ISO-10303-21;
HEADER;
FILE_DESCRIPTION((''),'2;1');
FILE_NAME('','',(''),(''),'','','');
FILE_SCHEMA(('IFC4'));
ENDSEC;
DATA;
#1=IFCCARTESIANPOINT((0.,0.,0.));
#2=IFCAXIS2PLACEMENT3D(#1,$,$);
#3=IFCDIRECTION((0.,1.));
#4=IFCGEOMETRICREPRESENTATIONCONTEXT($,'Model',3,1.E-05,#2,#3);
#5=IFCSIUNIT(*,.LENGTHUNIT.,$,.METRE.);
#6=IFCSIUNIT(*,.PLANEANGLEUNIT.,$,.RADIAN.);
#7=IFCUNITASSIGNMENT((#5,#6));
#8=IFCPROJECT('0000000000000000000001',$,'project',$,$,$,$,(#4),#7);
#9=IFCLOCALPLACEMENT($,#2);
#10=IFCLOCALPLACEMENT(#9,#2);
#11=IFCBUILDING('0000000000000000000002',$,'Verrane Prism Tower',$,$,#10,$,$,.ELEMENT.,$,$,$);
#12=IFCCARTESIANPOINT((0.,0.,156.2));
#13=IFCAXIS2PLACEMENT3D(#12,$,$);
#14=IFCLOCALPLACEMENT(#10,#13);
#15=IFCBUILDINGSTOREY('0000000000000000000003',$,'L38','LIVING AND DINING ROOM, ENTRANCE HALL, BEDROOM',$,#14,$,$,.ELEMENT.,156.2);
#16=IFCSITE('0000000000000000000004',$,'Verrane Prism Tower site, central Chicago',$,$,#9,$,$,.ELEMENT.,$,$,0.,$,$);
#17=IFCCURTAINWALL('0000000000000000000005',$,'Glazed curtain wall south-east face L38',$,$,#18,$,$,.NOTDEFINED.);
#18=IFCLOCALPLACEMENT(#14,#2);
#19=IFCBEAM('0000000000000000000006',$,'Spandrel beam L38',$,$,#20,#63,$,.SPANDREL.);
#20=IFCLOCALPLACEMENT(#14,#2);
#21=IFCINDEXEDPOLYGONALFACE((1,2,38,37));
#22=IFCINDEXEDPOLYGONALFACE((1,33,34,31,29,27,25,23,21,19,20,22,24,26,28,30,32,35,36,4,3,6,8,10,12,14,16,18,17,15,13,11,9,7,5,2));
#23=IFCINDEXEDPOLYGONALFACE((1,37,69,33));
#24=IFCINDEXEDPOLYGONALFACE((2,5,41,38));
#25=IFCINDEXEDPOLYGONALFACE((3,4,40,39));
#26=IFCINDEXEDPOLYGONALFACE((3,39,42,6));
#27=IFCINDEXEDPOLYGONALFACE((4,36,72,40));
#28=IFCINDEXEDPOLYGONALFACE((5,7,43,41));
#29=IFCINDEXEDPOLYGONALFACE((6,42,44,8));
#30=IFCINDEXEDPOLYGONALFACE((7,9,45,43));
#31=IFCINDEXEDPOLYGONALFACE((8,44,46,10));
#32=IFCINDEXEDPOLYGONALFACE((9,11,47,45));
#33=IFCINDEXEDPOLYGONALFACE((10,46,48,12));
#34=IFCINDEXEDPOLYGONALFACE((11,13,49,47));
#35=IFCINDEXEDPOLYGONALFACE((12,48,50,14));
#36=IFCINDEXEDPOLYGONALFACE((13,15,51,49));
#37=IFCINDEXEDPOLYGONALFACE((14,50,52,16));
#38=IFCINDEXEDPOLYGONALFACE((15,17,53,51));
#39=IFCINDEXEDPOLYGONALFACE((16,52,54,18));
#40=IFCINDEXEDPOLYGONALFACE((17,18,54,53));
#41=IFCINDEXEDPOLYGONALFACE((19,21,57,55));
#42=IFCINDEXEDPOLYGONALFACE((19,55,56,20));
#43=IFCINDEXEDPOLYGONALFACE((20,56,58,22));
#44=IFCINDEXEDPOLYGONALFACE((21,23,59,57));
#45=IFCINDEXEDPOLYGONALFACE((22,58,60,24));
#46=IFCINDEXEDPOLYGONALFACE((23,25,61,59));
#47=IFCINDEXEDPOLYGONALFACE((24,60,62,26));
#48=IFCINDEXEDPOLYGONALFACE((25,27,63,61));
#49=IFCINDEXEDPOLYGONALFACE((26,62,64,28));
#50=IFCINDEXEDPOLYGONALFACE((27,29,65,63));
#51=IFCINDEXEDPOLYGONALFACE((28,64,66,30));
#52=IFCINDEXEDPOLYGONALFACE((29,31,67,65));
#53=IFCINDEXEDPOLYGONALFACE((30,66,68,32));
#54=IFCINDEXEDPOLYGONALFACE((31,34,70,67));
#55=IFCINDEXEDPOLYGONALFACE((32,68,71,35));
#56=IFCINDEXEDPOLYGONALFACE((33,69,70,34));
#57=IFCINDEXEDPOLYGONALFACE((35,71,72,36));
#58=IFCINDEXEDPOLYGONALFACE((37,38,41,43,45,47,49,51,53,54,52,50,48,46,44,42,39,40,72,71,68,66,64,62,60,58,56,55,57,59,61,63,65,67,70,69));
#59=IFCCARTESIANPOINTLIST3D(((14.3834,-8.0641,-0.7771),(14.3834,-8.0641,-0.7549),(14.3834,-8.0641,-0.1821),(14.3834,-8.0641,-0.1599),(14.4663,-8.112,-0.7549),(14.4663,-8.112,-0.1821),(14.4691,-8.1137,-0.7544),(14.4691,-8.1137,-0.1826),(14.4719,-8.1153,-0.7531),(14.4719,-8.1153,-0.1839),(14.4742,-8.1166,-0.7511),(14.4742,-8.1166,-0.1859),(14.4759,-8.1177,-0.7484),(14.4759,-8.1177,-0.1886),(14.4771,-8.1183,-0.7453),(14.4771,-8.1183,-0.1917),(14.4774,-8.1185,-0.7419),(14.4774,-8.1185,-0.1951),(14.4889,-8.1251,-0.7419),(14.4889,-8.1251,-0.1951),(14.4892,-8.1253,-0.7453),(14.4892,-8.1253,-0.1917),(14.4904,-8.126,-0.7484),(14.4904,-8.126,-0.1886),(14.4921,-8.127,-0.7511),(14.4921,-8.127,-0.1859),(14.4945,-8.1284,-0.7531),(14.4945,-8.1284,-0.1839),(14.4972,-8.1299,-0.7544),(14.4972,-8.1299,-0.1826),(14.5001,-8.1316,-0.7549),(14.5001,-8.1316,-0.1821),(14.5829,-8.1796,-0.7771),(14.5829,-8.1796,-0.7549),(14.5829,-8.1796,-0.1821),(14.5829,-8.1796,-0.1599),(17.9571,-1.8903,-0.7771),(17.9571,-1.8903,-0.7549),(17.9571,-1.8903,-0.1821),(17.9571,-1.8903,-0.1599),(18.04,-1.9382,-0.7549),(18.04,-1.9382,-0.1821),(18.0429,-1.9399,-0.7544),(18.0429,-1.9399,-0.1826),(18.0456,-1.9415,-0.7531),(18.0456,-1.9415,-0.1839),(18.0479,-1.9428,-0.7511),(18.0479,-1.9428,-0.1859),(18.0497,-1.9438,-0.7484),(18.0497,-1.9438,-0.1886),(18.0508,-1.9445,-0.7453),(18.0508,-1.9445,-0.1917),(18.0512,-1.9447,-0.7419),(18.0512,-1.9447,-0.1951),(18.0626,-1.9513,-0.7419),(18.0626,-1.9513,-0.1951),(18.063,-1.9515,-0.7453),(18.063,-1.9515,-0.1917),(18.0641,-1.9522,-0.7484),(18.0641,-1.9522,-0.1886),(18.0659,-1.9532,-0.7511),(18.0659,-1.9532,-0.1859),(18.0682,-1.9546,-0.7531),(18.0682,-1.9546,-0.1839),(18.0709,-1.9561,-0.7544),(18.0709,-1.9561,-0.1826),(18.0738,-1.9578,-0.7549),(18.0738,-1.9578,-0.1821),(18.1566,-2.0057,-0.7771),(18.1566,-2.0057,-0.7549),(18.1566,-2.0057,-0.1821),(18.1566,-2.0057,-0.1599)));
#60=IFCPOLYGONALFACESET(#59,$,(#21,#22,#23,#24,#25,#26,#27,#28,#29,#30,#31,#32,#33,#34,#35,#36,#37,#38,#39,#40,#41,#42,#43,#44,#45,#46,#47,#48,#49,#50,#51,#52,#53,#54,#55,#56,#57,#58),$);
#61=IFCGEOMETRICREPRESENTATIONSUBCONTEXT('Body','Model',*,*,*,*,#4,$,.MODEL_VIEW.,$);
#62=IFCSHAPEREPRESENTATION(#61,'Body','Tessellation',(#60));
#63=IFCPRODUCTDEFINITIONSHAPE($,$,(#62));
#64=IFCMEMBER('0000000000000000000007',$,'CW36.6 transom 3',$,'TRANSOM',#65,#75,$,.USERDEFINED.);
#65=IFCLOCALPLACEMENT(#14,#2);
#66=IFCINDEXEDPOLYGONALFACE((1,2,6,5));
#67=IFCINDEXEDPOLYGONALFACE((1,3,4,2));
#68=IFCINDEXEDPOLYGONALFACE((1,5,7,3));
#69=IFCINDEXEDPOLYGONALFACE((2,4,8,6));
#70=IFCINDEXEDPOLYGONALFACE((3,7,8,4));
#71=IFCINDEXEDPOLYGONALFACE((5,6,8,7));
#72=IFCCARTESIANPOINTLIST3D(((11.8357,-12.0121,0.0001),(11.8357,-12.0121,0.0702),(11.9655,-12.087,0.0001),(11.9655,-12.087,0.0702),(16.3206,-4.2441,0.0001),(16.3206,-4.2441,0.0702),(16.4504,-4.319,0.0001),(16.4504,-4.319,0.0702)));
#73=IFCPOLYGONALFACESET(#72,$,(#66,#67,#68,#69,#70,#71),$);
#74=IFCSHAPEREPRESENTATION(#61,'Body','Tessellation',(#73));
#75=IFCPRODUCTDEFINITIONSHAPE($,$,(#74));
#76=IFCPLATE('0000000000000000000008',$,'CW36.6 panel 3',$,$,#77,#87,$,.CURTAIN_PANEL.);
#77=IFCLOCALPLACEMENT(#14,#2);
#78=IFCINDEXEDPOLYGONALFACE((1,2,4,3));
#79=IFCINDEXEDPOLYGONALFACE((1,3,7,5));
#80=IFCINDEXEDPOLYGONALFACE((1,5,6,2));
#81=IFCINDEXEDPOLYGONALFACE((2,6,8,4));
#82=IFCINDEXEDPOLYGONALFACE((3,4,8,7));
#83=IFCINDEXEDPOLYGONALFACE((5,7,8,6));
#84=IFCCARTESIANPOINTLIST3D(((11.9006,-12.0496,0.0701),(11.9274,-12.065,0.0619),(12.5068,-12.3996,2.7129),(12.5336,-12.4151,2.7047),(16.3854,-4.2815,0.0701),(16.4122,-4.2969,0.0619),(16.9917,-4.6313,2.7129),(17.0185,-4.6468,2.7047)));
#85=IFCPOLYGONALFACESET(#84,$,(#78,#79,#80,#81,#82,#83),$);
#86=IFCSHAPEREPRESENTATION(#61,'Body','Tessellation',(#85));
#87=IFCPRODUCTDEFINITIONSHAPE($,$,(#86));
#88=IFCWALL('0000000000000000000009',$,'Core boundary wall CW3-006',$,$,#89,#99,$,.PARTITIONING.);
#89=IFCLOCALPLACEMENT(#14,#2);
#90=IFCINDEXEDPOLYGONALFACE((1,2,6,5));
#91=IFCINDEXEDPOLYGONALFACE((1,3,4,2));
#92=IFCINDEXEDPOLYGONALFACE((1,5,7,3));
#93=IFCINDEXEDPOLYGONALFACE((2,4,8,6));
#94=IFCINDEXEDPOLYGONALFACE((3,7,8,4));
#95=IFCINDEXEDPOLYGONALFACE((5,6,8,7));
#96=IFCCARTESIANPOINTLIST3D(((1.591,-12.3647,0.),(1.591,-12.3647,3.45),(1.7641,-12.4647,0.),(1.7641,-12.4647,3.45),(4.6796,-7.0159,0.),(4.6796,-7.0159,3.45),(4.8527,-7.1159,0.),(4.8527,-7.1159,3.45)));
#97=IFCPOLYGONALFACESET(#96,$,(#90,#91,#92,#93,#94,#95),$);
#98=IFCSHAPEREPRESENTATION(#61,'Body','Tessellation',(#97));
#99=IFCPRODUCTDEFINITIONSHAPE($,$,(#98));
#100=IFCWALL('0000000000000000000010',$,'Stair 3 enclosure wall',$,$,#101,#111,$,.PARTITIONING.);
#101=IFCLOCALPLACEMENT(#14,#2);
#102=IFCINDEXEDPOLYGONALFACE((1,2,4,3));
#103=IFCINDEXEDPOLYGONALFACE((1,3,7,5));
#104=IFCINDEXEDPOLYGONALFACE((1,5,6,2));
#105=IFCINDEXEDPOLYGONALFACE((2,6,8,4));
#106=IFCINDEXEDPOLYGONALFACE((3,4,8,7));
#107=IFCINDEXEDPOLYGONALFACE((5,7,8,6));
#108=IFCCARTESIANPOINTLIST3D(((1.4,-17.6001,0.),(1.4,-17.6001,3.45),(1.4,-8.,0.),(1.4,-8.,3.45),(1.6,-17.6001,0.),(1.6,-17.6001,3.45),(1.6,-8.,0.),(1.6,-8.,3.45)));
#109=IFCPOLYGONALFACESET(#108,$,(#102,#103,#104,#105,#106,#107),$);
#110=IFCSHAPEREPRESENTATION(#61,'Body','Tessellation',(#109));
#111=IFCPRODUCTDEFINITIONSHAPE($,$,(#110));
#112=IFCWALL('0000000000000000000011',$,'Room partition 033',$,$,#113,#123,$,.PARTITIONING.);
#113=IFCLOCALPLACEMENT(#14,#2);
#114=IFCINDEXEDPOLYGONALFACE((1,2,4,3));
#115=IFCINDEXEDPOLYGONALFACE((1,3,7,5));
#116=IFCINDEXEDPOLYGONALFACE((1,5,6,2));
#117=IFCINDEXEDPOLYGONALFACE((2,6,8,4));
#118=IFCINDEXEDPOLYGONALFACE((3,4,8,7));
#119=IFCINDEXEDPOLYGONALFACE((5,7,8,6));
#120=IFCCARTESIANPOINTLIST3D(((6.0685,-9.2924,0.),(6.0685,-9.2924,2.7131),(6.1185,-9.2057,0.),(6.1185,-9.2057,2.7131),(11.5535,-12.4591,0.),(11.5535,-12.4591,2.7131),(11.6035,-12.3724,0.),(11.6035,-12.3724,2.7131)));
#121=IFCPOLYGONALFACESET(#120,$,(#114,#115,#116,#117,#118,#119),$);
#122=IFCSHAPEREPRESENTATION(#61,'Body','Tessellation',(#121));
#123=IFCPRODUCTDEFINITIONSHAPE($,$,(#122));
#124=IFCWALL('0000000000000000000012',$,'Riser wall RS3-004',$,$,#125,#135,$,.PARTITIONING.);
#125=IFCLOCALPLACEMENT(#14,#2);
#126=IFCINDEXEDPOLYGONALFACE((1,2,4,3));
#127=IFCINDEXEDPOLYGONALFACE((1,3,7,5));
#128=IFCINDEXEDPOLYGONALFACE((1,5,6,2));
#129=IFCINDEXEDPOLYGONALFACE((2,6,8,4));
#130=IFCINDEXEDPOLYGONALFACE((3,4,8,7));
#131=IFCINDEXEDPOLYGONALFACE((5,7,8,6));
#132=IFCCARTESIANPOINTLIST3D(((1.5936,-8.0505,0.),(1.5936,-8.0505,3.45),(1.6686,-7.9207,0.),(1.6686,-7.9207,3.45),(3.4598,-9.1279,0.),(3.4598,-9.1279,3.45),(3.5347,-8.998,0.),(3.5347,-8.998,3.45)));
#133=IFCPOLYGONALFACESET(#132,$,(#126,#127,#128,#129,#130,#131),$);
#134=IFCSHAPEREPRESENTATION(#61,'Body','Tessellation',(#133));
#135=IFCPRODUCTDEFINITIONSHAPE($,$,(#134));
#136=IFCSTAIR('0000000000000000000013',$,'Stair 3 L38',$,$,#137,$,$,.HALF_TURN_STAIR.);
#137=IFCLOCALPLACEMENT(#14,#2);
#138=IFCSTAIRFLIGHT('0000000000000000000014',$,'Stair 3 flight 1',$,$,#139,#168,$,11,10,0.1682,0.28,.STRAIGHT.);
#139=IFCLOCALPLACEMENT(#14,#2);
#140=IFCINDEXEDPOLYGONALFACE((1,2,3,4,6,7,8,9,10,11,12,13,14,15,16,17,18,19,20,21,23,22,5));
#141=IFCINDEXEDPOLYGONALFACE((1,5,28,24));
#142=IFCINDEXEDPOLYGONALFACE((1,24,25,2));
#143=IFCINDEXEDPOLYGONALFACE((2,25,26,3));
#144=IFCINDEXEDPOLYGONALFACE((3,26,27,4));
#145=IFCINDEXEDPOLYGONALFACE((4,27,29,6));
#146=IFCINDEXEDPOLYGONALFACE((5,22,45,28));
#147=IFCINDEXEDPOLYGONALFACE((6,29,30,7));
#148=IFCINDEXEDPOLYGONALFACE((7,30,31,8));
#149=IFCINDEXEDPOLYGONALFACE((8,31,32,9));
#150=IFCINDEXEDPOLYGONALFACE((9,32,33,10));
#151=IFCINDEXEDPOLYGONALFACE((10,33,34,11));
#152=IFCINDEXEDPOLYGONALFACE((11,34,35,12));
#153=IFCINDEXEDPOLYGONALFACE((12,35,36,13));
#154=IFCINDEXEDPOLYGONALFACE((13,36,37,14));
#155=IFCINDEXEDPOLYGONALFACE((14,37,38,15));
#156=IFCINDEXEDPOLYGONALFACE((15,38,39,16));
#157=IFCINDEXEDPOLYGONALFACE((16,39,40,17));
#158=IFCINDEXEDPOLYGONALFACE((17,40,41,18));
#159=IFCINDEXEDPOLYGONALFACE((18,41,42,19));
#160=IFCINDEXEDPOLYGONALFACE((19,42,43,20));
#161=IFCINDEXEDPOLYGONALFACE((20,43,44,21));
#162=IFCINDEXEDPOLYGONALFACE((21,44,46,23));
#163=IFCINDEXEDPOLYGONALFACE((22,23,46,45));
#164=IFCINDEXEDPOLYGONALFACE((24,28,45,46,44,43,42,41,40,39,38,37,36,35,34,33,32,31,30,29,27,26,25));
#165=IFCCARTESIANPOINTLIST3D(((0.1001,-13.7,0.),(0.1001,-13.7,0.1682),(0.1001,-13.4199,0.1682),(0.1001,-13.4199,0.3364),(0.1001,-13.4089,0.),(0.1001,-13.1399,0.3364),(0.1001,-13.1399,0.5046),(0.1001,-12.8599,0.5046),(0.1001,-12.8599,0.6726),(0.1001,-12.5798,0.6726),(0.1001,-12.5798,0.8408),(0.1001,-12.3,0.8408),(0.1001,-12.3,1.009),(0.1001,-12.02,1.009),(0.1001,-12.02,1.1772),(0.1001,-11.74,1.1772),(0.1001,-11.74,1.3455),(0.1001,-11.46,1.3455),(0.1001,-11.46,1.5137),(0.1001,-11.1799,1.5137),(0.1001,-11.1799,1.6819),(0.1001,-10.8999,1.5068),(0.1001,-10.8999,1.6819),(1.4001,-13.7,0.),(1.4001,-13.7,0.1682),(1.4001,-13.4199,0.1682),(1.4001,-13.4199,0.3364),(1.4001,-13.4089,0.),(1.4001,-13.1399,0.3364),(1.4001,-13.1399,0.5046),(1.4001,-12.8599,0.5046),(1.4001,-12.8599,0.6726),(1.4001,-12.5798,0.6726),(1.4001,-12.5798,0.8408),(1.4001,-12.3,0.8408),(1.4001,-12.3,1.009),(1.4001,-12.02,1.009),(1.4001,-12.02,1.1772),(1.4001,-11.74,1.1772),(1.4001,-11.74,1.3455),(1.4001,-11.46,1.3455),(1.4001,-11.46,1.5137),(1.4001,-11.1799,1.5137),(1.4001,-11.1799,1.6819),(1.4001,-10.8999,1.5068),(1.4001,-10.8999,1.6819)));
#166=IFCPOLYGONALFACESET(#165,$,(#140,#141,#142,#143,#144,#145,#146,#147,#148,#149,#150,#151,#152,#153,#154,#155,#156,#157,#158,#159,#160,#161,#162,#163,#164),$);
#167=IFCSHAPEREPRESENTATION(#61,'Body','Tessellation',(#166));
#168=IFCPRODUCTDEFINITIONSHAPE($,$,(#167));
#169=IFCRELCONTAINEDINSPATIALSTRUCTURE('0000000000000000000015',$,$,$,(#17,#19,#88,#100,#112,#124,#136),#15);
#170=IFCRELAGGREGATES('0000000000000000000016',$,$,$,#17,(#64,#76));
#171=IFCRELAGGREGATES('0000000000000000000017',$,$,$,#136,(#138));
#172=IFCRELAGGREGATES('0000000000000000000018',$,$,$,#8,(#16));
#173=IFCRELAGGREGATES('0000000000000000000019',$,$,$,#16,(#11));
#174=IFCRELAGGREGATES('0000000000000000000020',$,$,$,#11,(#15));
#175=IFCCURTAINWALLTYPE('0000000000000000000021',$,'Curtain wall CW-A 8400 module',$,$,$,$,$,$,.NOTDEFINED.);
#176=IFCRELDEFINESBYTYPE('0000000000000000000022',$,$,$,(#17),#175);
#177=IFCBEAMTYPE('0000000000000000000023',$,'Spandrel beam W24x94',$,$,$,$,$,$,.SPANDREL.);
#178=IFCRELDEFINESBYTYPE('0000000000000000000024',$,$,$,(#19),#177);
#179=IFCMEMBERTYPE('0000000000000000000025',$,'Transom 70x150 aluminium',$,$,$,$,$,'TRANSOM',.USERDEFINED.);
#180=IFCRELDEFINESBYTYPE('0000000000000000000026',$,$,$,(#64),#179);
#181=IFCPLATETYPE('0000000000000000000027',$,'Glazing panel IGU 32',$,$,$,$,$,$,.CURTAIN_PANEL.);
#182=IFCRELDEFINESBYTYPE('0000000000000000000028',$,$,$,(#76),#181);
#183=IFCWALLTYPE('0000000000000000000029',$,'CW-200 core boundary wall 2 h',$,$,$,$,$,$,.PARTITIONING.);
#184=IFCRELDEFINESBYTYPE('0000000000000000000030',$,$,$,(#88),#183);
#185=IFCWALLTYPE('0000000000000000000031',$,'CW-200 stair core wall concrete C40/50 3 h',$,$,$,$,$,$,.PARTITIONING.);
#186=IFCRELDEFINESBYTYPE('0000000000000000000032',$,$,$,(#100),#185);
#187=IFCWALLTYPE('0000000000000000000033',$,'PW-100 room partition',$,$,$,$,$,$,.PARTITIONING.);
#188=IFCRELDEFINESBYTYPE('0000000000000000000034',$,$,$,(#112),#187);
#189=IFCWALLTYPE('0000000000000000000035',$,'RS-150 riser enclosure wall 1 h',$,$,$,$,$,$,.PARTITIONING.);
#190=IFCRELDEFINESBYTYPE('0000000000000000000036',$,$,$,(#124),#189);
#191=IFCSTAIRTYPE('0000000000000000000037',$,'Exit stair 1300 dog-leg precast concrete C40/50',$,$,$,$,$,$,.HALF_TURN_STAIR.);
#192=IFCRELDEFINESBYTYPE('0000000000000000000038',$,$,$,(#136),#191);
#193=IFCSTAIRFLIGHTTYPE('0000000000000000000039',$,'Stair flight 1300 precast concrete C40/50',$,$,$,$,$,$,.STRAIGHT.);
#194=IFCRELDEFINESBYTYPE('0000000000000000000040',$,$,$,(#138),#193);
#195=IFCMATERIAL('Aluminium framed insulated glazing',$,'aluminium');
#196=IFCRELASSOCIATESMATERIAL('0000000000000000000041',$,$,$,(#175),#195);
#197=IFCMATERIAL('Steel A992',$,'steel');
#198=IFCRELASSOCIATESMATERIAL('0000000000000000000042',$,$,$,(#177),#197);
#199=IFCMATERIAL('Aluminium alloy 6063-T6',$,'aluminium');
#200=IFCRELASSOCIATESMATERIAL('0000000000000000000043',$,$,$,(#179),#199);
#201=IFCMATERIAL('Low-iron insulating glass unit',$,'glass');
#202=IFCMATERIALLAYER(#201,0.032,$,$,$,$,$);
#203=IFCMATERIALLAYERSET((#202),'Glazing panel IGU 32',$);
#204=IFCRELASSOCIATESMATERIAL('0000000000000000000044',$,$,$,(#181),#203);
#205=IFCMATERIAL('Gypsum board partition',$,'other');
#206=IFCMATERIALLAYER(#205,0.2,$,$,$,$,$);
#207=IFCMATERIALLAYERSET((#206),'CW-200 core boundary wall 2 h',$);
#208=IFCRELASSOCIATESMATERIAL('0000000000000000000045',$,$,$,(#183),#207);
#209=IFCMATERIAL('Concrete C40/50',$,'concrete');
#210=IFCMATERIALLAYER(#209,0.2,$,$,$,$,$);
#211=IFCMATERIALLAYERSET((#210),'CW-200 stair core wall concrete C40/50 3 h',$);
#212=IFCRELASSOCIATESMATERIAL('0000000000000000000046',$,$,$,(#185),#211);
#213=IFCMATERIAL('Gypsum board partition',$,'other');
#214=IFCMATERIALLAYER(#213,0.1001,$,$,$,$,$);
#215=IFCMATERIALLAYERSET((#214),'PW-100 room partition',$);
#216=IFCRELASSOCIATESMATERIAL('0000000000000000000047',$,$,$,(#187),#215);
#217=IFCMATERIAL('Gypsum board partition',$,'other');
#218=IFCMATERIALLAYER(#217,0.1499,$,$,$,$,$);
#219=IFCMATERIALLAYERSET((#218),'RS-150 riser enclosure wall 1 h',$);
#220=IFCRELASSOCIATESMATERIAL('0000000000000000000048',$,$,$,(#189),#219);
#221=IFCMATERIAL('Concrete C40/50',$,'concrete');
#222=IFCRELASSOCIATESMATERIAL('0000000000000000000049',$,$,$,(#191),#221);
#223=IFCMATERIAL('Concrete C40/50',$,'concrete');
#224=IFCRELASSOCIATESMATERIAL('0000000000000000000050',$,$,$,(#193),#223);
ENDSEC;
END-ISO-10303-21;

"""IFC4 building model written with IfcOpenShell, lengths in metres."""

from ifc_helpers import new_model, si_unit, direction, frame, frame_2d, origin, origin_2d, place, context, subcontext, project, spatial, polyline, rectangle, i_section, outline, extrude, material, layer, layer_set, material_profile, profile_set, type_object, element, aggregate, save


model = new_model("IFC4")

# Units and contexts
model_context = context("Model", 3, precision=1e-05, world=origin(), true_north=direction((0.0, 1.0)))
body_context = subcontext(model_context, "Body", "Model", "MODEL_VIEW")
ifc_project = project(units=[si_unit("LENGTHUNIT", "METRE"), si_unit("PLANEANGLEUNIT", "RADIAN")], contexts=[model_context])

# Site, building, storey
site_placement = place(None, origin())
site = spatial("IfcSite", under=ifc_project, at=site_placement, Name="Verrane Prism Tower site, central Chicago", CompositionType="ELEMENT", RefElevation=0.0)
building_placement = place(site_placement, origin())
building = spatial("IfcBuilding", under=site, at=building_placement, Name="Verrane Prism Tower", CompositionType="ELEMENT")
storey_placement = place(building_placement, frame((0.0, 0.0, 156.2)))
storey = spatial("IfcBuildingStorey", under=building, at=storey_placement, Name="L38", Description="LIVING AND DINING ROOM, ENTRANCE HALL, BEDROOM", CompositionType="ELEMENT", Elevation=156.2)

# Curtain wall
ifc_material_1 = material(Name="Aluminium framed insulated glazing", Category="aluminium")
curtain_wall_type = type_object("IfcCurtainWallType", Name="Curtain wall CW-A 8400 module", PredefinedType="NOTDEFINED", material=ifc_material_1)
curtain_wall_placement = place(storey_placement, origin())
curtain_wall = element("IfcCurtainWall", 1, at=curtain_wall_placement, inside=storey, type_object=curtain_wall_type, Name="Glazed curtain wall south-east face L38", PredefinedType="NOTDEFINED")

# Beam
ifc_material_2 = material(Name="Steel A992", Category="steel")
ifc_material_profile_1 = material_profile(ifc_material_2, i_section(OverallWidth=0.2305, OverallDepth=0.6172, WebThickness=0.0132, FlangeThickness=0.0222, FilletRadius=0.0129, at=origin_2d()), Name="W24x94")
ifc_profile_set_1 = profile_set([ifc_material_profile_1], Name="Steel A992")
beam_type_1 = type_object("IfcBeamType", Name="Spandrel beam W24x94", PredefinedType="SPANDREL", material=ifc_profile_set_1)
beam_1_placement = place(storey_placement, frame((14.4832, -8.1218, -0.4685), z_axis=(0.500974, 0.865462, 0.0), x_axis=(-0.865462, 0.500974, 0.0)))
element("IfcBeam", 2, at=beam_1_placement, inside=storey, type_object=beam_type_1, Name="Spandrel beam L38", PredefinedType="SPANDREL", context=body_context, shape_type="SweptSolid", body=[
    extrude(i_section(OverallWidth=0.2305, OverallDepth=0.6172, WebThickness=0.0132, FlangeThickness=0.0222, FilletRadius=0.0129, at=origin_2d()), origin(), (0.0, 0.0, 1.0), 7.1335),
])

# Member
ifc_material_3 = material(Name="Aluminium alloy 6063-T6", Category="aluminium")
ifc_material_profile_2 = material_profile(ifc_material_3, rectangle(XDim=0.1499, YDim=0.0701, at=origin_2d()), Name="Transom 70x150 aluminium")
ifc_profile_set_2 = profile_set([ifc_material_profile_2], Name="Aluminium alloy 6063-T6")
member_type_1 = type_object("IfcMemberType", Name="Transom 70x150 aluminium", ElementType="TRANSOM", PredefinedType="USERDEFINED", material=ifc_profile_set_2)
member_1_placement = place(storey_placement, frame((11.9006, -12.0496, 0.0352), z_axis=(0.499997, 0.866027, 0.0), x_axis=(-0.866027, 0.499997, 0.0)))
member_1 = element("IfcMember", 3, at=member_1_placement, type_object=member_type_1, Name="CW36.6 transom 3", ObjectType="TRANSOM", PredefinedType="USERDEFINED", context=body_context, shape_type="SweptSolid", body=[
    extrude(rectangle(XDim=0.1499, YDim=0.0701, at=origin_2d()), origin(), (0.0, 0.0, 1.0), 8.9697),
])

# Plate
ifc_material_4 = material(Name="Low-iron insulating glass unit", Category="glass")
ifc_layer_1 = layer(ifc_material_4, 0.032)
ifc_layer_set_1 = layer_set([ifc_layer_1], Name="Glazing panel IGU 32")
plate_type = type_object("IfcPlateType", Name="Glazing panel IGU 32", PredefinedType="CURTAIN_PANEL", material=ifc_layer_set_1)
plate_placement = place(storey_placement, frame((11.9006, -12.0496, 0.0701), z_axis=(-0.837164, 0.483326, 0.25603), x_axis=(0.499992, 0.86603, 0.000002)))
plate = element("IfcPlate", 4, at=plate_placement, type_object=plate_type, Name="CW36.6 panel 3", PredefinedType="CURTAIN_PANEL", context=body_context, shape_type="SweptSolid", body=[
    extrude(outline(polyline([(0.0, 0.0), (8.9698, 0.0), (8.9699, -2.7339), (-0.0001, -2.734), (0.0, 0.0)])), origin(), (0.0, 0.0, -1.0), 0.032),
])
aggregate(curtain_wall, [member_1, plate])

# Walls
ifc_material_5 = material(Name="Gypsum board partition", Category="other")
ifc_layer_2 = layer(ifc_material_5, 0.2)
ifc_layer_set_2 = layer_set([ifc_layer_2], Name="CW-200 core boundary wall 2 h")
wall_type_1 = type_object("IfcWallType", Name="CW-200 core boundary wall 2 h", PredefinedType="PARTITIONING", material=ifc_layer_set_2)
wall_1_placement = place(storey_placement, frame((1.6775, -12.4148, 0.0), z_axis=(0.0, 0.0, 1.0), x_axis=(0.500054, 0.865994, 0.0)))
element("IfcWall", 5, at=wall_1_placement, inside=storey, type_object=wall_type_1, Name="Core boundary wall CW3-006", PredefinedType="PARTITIONING", context=body_context, shape_type="SweptSolid", body=[
    extrude(rectangle(XDim=6.1765, YDim=0.2, at=frame_2d((3.0884, 0.0))), origin(), (0.0, 0.0, 1.0), 3.45),
])
ifc_material_6 = material(Name="Concrete C40/50", Category="concrete")
ifc_layer_3 = layer(ifc_material_6, 0.2)
ifc_layer_set_3 = layer_set([ifc_layer_3], Name="CW-200 stair core wall concrete C40/50 3 h")
wall_type_2 = type_object("IfcWallType", Name="CW-200 stair core wall concrete C40/50 3 h", PredefinedType="PARTITIONING", material=ifc_layer_set_3)
wall_2_placement = place(storey_placement, frame((1.5, -8.0, 0.0), z_axis=(0.0, 0.0, 1.0), x_axis=(0.0, -1.0, 0.0)))
element("IfcWall", 6, at=wall_2_placement, inside=storey, type_object=wall_type_2, Name="Stair 3 enclosure wall", PredefinedType="PARTITIONING", context=body_context, shape_type="SweptSolid", body=[
    extrude(rectangle(XDim=9.6001, YDim=0.2, at=frame_2d((4.8, 0.0))), origin(), (0.0, 0.0, 1.0), 3.45),
])
ifc_material_7 = material(Name="Gypsum board partition", Category="other")
ifc_layer_4 = layer(ifc_material_7, 0.1001)
ifc_layer_set_4 = layer_set([ifc_layer_4], Name="PW-100 room partition")
wall_type_3 = type_object("IfcWallType", Name="PW-100 room partition", PredefinedType="PARTITIONING", material=ifc_layer_set_4)
wall_3_placement = place(storey_placement, frame((6.0935, -9.249, 0.0), z_axis=(0.0, 0.0, 1.0), x_axis=(0.866031, -0.499991, 0.0)))
element("IfcWall", 7, at=wall_3_placement, inside=storey, type_object=wall_type_3, Name="Room partition 033", PredefinedType="PARTITIONING", context=body_context, shape_type="SweptSolid", body=[
    extrude(rectangle(XDim=6.3335, YDim=0.1001, at=frame_2d((3.1667, 0.0))), origin(), (0.0, 0.0, 1.0), 2.7131),
])
ifc_material_8 = material(Name="Gypsum board partition", Category="other")
ifc_layer_5 = layer(ifc_material_8, 0.1499)
ifc_layer_set_5 = layer_set([ifc_layer_5], Name="RS-150 riser enclosure wall 1 h")
wall_type_4 = type_object("IfcWallType", Name="RS-150 riser enclosure wall 1 h", PredefinedType="PARTITIONING", material=ifc_layer_set_5)
wall_4_placement = place(storey_placement, frame((1.6311, -7.9856, 0.0), z_axis=(0.0, 0.0, 1.0), x_axis=(0.866038, -0.499977, 0.0)))
element("IfcWall", 8, at=wall_4_placement, inside=storey, type_object=wall_type_4, Name="Riser wall RS3-004", PredefinedType="PARTITIONING", context=body_context, shape_type="SweptSolid", body=[
    extrude(rectangle(XDim=2.1548, YDim=0.1499, at=frame_2d((1.0774, 0.0))), origin(), (0.0, 0.0, 1.0), 3.45),
])

# Stair, stair flight
ifc_material_9 = material(Name="Concrete C40/50", Category="concrete")
stair_type = type_object("IfcStairType", Name="Exit stair 1300 dog-leg precast concrete C40/50", PredefinedType="HALF_TURN_STAIR", material=ifc_material_9)
stair_placement = place(storey_placement, origin())
stair = element("IfcStair", 9, at=stair_placement, inside=storey, type_object=stair_type, Name="Stair 3 L38", PredefinedType="HALF_TURN_STAIR")
ifc_material_10 = material(Name="Concrete C40/50", Category="concrete")
stair_flight_type = type_object("IfcStairFlightType", Name="Stair flight 1300 precast concrete C40/50", PredefinedType="STRAIGHT", material=ifc_material_10)
stair_flight_placement = place(storey_placement, frame((0.75, -13.7, 0.0), z_axis=(0.0, 0.0, 1.0), x_axis=(0.0, 1.0, 0.0)))
stair_flight = element("IfcStairFlight", 10, at=stair_flight_placement, type_object=stair_flight_type, Name="Stair 3 flight 1", NumberOfRisers=11, NumberOfTreads=10, PredefinedType="STRAIGHT", RiserHeight=0.1682, TreadLength=0.28, context=body_context, shape_type="SweptSolid", body=[
    extrude(outline(polyline([(0.0, 0.0), (0.0, 0.1682), (0.28, 0.1682), (0.28, 0.3364), (0.5601, 0.3364), (0.5601, 0.5046), (0.8401, 0.5046), (0.8401, 0.6726), (1.1201, 0.6726), (1.1201, 0.8408), (1.3999, 0.8408), (1.3999, 1.009), (1.6799, 1.009), (1.6799, 1.1772), (1.96, 1.1772), (1.96, 1.3455), (2.24, 1.3455), (2.24, 1.5137), (2.52, 1.5137), (2.52, 1.6819), (2.8, 1.6819), (2.8, 1.8501), (2.8, 1.5068), (0.291, 0.0), (0.0, 0.0)])), frame((0.0, 0.6499, 0.0), z_axis=(0.0, -1.0, 0.0), x_axis=(1.0, 0.0, 0.0)), (0.0, 0.0, 1.0), 1.3),
])
aggregate(stair, [stair_flight])

save(model, "model.ifc")
